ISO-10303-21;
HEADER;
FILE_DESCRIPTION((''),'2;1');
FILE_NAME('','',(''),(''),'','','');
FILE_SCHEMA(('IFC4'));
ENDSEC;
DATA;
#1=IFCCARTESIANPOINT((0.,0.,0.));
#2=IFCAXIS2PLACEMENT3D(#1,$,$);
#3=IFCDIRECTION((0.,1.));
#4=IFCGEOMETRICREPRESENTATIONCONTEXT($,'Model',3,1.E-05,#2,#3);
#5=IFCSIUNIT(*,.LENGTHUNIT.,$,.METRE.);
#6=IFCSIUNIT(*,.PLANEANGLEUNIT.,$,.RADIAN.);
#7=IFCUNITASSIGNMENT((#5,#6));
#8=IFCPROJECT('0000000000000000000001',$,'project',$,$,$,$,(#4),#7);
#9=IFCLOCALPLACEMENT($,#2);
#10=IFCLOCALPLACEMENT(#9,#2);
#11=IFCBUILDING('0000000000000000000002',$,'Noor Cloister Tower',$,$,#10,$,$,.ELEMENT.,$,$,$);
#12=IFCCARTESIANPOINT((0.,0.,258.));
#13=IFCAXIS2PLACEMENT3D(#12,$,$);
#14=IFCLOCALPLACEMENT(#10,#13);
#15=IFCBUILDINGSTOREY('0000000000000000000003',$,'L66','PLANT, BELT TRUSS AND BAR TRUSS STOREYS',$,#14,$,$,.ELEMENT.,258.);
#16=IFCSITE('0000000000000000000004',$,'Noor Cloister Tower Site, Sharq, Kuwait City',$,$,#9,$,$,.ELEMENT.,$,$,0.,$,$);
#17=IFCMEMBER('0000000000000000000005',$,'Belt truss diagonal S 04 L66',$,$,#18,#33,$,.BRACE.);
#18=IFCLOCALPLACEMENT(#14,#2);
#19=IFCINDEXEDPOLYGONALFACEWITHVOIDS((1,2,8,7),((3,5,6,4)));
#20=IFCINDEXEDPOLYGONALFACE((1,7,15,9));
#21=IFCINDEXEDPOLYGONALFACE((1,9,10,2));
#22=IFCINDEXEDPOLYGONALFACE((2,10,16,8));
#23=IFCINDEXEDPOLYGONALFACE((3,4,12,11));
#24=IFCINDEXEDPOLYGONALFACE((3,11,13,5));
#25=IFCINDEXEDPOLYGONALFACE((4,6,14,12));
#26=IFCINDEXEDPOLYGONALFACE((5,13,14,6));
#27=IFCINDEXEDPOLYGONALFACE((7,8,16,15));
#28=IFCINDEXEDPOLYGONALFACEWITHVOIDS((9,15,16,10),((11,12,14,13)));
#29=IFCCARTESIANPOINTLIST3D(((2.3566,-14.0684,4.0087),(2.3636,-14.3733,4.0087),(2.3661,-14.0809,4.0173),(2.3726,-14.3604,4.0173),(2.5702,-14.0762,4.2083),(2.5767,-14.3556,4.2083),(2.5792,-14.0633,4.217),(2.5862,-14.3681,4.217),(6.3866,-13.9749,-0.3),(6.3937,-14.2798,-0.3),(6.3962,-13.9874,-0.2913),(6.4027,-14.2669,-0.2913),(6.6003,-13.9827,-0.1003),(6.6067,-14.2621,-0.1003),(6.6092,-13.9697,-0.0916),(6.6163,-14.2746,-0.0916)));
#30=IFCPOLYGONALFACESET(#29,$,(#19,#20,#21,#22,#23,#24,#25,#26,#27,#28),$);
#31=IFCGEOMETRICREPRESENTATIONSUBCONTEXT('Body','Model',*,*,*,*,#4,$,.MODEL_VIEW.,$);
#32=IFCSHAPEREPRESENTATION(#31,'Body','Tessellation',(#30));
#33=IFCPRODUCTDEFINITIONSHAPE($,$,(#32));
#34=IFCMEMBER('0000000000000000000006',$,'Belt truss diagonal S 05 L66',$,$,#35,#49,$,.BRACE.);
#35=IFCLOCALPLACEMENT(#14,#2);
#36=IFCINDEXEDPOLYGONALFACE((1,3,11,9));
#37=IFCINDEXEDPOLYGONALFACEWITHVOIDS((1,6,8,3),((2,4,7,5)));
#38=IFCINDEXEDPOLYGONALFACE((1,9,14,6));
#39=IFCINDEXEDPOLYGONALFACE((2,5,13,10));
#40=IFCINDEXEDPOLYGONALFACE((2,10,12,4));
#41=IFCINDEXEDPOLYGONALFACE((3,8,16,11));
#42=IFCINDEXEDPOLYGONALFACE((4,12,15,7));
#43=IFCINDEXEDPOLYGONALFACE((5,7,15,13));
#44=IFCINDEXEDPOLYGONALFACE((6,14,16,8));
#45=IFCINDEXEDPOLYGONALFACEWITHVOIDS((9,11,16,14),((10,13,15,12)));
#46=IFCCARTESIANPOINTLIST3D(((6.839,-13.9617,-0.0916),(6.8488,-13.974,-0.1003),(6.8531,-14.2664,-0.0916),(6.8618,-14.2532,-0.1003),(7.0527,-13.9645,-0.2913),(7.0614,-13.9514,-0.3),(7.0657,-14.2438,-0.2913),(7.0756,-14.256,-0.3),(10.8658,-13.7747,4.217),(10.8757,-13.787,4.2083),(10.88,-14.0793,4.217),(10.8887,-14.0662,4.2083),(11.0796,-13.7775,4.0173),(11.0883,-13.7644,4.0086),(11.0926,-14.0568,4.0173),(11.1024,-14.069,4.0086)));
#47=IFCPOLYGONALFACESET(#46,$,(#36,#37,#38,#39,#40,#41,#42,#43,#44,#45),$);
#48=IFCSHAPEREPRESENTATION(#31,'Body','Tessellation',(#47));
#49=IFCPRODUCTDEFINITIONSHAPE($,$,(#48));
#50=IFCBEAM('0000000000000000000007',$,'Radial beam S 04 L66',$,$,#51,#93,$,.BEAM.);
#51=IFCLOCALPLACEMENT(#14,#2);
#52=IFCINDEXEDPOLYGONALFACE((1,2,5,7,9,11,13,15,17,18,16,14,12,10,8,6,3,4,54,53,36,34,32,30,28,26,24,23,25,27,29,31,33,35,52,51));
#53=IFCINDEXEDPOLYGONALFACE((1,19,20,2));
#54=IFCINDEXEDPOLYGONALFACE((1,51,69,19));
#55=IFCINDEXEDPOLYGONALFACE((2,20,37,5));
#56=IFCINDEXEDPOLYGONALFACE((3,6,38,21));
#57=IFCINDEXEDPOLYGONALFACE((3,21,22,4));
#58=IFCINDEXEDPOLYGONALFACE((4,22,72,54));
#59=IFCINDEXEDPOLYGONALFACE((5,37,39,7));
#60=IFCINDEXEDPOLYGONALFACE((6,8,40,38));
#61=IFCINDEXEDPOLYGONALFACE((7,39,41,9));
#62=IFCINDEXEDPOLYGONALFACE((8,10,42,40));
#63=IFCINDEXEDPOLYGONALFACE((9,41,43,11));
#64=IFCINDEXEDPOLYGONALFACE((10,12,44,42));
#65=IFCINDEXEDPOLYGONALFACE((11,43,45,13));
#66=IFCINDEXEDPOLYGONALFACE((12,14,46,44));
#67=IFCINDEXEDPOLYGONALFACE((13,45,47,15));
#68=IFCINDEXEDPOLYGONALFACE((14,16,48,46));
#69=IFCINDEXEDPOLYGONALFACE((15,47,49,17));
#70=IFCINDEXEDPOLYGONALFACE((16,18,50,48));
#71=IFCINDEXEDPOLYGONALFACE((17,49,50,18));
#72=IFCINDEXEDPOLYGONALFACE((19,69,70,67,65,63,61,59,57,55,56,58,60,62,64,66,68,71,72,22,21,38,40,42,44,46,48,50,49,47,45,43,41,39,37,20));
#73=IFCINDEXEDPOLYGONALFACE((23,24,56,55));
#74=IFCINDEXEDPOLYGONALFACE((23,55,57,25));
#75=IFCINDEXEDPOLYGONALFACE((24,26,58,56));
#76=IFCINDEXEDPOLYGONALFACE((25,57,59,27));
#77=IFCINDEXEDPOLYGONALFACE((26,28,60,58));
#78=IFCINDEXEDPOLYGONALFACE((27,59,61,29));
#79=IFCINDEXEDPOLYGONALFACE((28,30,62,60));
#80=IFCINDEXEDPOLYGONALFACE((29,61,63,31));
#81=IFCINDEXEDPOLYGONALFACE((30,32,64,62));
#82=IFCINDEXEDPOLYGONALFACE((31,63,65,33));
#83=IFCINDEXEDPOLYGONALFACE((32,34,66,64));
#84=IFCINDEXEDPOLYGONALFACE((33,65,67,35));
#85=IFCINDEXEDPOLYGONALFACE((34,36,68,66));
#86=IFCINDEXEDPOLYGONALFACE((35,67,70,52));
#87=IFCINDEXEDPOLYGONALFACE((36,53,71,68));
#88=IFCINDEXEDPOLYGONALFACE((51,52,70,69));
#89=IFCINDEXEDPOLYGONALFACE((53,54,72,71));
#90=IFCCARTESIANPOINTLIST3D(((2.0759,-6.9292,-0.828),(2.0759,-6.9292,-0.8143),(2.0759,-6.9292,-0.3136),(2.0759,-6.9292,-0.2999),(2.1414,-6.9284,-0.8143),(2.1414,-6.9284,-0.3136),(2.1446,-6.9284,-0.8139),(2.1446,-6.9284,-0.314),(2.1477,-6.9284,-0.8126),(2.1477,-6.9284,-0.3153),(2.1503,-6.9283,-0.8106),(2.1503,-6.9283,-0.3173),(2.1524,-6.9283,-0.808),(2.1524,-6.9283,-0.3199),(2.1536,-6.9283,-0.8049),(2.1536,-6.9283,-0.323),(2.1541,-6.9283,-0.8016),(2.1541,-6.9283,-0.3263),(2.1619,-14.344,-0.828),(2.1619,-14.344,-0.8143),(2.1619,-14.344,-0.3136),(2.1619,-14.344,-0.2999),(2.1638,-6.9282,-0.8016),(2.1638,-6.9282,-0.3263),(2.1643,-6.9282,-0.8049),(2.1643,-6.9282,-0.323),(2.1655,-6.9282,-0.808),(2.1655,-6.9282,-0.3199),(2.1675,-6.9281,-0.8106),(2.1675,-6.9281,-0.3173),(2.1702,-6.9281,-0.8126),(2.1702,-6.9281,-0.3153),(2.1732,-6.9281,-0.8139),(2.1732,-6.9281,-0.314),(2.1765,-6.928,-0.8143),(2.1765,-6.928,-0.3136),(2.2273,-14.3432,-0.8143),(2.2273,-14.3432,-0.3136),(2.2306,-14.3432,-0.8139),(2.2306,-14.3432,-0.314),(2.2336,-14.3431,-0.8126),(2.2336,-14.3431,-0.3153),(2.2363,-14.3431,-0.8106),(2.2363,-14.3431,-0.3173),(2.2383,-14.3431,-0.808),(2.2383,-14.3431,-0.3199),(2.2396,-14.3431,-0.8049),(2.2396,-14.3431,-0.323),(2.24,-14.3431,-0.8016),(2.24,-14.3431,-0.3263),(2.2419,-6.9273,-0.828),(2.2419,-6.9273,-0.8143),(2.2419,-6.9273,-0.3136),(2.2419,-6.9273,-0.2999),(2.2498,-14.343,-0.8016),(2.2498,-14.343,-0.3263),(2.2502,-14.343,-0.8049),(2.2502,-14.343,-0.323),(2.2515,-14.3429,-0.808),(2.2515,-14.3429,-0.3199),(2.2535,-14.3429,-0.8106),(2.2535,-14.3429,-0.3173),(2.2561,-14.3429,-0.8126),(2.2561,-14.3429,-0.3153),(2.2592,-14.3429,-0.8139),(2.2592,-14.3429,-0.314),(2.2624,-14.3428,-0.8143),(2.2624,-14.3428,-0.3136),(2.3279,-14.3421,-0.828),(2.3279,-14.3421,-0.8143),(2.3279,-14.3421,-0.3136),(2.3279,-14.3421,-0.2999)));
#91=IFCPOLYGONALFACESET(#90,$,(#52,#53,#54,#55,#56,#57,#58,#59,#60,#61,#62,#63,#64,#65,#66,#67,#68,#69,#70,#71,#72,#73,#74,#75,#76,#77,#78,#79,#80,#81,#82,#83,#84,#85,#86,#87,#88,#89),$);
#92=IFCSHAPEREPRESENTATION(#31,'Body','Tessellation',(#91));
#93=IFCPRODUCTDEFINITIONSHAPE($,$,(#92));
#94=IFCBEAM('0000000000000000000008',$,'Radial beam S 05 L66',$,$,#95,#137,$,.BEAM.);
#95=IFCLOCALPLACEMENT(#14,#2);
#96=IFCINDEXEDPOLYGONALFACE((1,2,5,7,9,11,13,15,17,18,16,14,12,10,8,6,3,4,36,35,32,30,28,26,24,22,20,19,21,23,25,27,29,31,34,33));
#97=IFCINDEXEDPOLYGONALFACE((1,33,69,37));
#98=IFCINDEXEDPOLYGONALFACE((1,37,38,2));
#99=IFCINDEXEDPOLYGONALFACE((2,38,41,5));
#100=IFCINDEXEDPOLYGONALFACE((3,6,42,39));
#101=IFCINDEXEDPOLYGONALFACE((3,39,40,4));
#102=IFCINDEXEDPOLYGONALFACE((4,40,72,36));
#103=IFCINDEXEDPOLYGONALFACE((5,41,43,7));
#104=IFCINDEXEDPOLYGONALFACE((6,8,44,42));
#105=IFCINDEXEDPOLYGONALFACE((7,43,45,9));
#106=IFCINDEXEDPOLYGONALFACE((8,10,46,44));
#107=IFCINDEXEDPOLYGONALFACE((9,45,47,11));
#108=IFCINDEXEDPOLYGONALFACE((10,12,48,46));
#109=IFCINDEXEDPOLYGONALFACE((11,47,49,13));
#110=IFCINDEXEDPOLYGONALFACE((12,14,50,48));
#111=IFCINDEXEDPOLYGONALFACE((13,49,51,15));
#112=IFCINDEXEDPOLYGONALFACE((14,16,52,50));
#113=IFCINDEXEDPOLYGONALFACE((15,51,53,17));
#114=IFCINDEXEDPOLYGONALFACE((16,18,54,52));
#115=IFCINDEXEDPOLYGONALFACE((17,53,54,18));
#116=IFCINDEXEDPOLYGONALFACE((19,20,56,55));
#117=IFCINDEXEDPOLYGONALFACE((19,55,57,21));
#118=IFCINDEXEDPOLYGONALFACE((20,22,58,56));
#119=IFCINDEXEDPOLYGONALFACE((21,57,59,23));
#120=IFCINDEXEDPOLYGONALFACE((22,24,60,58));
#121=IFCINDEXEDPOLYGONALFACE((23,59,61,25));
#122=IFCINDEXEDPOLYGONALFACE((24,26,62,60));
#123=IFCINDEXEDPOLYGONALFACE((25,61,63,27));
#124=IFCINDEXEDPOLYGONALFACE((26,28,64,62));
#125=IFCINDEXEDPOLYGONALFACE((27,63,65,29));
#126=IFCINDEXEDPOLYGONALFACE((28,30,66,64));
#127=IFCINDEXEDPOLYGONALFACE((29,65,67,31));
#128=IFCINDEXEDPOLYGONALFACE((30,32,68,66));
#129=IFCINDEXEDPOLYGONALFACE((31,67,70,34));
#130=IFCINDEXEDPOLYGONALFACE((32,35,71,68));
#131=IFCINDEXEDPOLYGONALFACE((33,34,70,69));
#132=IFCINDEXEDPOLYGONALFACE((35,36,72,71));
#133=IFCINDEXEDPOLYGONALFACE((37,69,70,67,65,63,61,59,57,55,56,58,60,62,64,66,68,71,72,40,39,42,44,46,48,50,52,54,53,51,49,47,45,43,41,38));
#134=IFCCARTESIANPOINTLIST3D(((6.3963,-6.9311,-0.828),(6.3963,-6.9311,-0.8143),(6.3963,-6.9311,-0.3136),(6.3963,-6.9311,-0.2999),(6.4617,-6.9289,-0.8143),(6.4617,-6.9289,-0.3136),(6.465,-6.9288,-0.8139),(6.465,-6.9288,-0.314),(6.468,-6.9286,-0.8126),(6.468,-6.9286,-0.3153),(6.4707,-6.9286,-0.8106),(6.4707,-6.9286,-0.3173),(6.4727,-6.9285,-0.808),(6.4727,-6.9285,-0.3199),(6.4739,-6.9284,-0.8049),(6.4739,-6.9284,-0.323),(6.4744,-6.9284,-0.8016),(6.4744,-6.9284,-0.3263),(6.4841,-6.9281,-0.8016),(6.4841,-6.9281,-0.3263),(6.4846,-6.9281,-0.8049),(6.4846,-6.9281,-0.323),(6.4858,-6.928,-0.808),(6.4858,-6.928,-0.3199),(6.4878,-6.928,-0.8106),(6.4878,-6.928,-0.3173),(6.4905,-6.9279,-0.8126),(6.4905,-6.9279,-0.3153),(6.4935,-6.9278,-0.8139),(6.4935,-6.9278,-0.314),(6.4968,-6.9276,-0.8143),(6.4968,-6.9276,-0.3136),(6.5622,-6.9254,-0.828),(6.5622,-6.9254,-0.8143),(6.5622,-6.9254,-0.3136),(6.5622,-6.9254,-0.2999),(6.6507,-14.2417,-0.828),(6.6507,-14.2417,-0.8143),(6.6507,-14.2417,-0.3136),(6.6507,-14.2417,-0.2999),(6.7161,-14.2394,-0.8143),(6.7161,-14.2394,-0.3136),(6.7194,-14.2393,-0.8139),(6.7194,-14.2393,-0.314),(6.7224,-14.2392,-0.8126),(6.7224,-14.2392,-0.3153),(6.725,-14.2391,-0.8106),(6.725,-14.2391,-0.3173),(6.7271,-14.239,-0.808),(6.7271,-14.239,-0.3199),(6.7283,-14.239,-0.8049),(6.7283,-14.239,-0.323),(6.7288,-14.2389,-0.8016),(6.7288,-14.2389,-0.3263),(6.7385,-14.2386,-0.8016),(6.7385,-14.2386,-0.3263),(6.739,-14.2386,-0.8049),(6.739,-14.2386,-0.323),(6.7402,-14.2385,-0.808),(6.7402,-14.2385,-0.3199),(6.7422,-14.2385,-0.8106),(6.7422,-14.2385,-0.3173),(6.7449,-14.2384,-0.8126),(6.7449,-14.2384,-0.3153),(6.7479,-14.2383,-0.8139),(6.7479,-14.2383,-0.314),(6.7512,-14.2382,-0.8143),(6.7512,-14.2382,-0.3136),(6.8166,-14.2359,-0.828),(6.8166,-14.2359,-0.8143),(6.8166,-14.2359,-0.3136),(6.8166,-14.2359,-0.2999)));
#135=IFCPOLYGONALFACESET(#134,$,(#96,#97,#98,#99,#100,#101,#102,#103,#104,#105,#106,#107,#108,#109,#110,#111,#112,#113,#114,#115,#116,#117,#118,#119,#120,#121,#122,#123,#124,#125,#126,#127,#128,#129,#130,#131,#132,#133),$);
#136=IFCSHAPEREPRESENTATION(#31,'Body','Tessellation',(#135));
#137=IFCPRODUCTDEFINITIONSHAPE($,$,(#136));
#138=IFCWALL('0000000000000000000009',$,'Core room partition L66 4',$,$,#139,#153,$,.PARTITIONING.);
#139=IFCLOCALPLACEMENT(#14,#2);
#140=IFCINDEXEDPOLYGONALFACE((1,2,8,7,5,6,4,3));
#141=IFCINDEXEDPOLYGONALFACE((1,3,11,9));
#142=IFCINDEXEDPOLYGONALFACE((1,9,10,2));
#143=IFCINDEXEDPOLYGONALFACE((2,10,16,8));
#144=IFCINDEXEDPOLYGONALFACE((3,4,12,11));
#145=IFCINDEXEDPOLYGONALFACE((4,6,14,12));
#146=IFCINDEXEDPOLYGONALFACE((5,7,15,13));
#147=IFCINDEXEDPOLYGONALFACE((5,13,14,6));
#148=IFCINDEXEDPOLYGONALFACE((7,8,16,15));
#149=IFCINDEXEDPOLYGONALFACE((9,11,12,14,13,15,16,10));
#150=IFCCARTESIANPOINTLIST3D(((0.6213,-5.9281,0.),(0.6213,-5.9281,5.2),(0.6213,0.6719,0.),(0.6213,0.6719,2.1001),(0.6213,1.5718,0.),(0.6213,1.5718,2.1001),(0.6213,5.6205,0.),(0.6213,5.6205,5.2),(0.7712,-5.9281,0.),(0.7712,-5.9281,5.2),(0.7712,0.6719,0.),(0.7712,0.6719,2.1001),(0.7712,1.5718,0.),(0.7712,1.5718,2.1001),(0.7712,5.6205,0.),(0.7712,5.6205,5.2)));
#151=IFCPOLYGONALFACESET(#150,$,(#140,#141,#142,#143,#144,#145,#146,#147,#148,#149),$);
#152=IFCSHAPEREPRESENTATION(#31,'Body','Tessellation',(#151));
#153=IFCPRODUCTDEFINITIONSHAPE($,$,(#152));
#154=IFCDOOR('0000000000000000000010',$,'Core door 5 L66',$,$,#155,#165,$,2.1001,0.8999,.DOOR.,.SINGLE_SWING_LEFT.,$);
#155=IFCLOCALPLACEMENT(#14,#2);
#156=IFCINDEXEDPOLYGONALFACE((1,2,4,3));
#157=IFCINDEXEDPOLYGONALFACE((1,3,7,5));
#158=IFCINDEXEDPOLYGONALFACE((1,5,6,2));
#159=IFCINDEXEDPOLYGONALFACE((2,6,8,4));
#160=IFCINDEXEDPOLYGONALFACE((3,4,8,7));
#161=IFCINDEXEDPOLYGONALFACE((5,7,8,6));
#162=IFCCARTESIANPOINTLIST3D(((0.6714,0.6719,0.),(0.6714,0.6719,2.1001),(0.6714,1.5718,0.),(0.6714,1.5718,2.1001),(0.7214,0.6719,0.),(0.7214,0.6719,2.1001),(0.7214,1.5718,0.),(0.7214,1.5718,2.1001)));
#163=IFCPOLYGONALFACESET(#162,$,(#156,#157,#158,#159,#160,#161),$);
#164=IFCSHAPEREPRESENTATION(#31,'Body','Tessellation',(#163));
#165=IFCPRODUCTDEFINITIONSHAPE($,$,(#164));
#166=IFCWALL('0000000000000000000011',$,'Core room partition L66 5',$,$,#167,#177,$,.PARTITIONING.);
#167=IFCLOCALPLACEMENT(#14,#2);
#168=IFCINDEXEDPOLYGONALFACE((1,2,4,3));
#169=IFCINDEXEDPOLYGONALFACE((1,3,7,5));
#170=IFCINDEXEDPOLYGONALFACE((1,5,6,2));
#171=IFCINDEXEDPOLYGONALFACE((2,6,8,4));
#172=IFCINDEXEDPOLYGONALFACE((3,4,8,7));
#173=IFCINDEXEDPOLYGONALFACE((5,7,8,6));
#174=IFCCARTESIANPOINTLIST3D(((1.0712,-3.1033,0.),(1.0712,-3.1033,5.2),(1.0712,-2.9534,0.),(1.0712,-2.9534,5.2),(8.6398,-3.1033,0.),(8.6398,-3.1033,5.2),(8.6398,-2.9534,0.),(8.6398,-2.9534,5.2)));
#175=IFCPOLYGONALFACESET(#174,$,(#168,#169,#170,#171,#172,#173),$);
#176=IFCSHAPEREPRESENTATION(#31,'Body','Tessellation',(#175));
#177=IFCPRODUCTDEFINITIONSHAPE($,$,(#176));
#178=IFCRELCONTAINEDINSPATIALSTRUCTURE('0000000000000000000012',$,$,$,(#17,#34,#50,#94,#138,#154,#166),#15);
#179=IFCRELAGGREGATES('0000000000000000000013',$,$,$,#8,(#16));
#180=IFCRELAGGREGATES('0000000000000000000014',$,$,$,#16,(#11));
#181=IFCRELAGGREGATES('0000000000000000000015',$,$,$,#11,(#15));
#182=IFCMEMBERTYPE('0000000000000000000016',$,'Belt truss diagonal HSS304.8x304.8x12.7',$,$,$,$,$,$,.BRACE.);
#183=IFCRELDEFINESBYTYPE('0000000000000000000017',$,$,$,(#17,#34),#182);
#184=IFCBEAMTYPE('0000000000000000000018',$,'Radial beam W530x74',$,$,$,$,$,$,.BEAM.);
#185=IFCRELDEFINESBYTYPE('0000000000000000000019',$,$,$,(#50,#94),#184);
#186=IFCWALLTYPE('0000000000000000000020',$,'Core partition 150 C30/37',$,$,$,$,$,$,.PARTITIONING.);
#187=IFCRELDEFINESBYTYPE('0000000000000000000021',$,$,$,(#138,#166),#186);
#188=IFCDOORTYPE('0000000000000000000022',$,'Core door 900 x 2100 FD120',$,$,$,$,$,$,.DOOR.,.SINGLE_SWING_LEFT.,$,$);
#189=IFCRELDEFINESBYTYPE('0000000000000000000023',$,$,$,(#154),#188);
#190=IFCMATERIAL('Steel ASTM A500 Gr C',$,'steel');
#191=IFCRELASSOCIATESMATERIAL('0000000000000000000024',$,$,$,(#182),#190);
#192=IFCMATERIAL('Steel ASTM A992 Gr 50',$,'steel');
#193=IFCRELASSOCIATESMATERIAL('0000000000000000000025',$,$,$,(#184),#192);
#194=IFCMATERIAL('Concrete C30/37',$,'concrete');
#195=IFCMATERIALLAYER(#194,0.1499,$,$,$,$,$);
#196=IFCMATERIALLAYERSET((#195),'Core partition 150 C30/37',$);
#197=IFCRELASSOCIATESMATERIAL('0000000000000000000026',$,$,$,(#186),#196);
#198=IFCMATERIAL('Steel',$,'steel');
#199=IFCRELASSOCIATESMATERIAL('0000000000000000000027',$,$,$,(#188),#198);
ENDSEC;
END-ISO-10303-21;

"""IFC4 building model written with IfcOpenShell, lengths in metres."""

from ifc_helpers import new_model, si_unit, direction, frame, frame_2d, origin, origin_2d, place, context, subcontext, project, spatial, rectangle, hollow_rectangle, i_section, extrude, material, layer, layer_set, material_profile, profile_set, type_object, element, fill, save


model = new_model("IFC4")

# Units and contexts
model_context = context("Model", 3, precision=1e-05, world=origin(), true_north=direction((0.0, 1.0)))
body_context = subcontext(model_context, "Body", "Model", "MODEL_VIEW")
ifc_project = project(units=[si_unit("LENGTHUNIT", "METRE"), si_unit("PLANEANGLEUNIT", "RADIAN")], contexts=[model_context])

# Site, building, storey
site_placement = place(None, origin())
site = spatial("IfcSite", under=ifc_project, at=site_placement, Name="Noor Cloister Tower Site, Sharq, Kuwait City", CompositionType="ELEMENT", RefElevation=0.0)
building_placement = place(site_placement, origin())
building = spatial("IfcBuilding", under=site, at=building_placement, Name="Noor Cloister Tower", CompositionType="ELEMENT")
storey_placement = place(building_placement, frame((0.0, 0.0, 258.0)))
storey = spatial("IfcBuildingStorey", under=building, at=storey_placement, Name="L66", Description="PLANT, BELT TRUSS AND BAR TRUSS STOREYS", CompositionType="ELEMENT", Elevation=258.0)

# Members
ifc_material_1 = material(Name="Steel ASTM A500 Gr C", Category="steel")
ifc_material_profile_1 = material_profile(ifc_material_1, hollow_rectangle(XDim=0.3049, YDim=0.3049, WallThickness=0.0127, at=origin_2d()), Name="HSS304.8x304.8x12.7")
ifc_profile_set_1 = profile_set([ifc_material_profile_1], Name="Steel ASTM A500 Gr C")
member_type = type_object("IfcMemberType", Name="Belt truss diagonal HSS304.8x304.8x12.7", PredefinedType="BRACE", material=ifc_profile_set_1)
for number, where, z_axis, x_axis, name in (
    (1, (6.5015, -14.1248, -0.1958), (-0.683018, -0.015848, 0.73023), (0.023196, -0.999731, 0.0), "Belt truss diagonal S 04 L66"),
    (2, (6.9573, -14.1089, -0.1958), (0.682474, 0.031695, 0.730223), (-0.046391, 0.998923, 0.0), "Belt truss diagonal S 05 L66"),
):
    element("IfcMember", number, at=place(storey_placement, frame(where, z_axis=z_axis, x_axis=x_axis)), inside=storey, type_object=member_type, Name=name, PredefinedType="BRACE", context=body_context, shape_type="SweptSolid", body=[
        extrude(hollow_rectangle(XDim=0.3049, YDim=0.3049, WallThickness=0.0127, at=origin_2d()), origin(), (0.0, 0.0, 1.0), 5.9004),
    ])

# Beams
ifc_material_2 = material(Name="Steel ASTM A992 Gr 50", Category="steel")
ifc_material_profile_2 = material_profile(ifc_material_2, i_section(OverallWidth=0.166, OverallDepth=0.5281, WebThickness=0.0098, FlangeThickness=0.0137, FilletRadius=0.0127, at=origin_2d()), Name="W530x74")
ifc_profile_set_2 = profile_set([ifc_material_profile_2], Name="Steel ASTM A992 Gr 50")
beam_type_1 = type_object("IfcBeamType", Name="Radial beam W530x74", PredefinedType="BEAM", material=ifc_profile_set_2)
beam_1_placement = place(storey_placement, frame((2.2449, -14.343, -0.564), z_axis=(-0.011589, 0.999933, 0.0), x_axis=(-0.999933, -0.011589, 0.0)))
element("IfcBeam", 3, at=beam_1_placement, inside=storey, type_object=beam_type_1, Name="Radial beam S 04 L66", PredefinedType="BEAM", context=body_context, shape_type="SweptSolid", body=[
    extrude(i_section(OverallWidth=0.166, OverallDepth=0.5281, WebThickness=0.0098, FlangeThickness=0.0137, FilletRadius=0.0127, at=origin_2d()), origin(), (0.0, 0.0, 1.0), 7.4153),
])
beam_2_placement = place(storey_placement, frame((6.7336, -14.2388, -0.564), z_axis=(-0.034777, 0.999395, 0.0), x_axis=(-0.999395, -0.034777, 0.0)))
element("IfcBeam", 4, at=beam_2_placement, inside=storey, type_object=beam_type_1, Name="Radial beam S 05 L66", PredefinedType="BEAM", context=body_context, shape_type="SweptSolid", body=[
    extrude(i_section(OverallWidth=0.166, OverallDepth=0.5281, WebThickness=0.0098, FlangeThickness=0.0137, FilletRadius=0.0127, at=origin_2d()), origin(), (0.0, 0.0, 1.0), 7.3149),
])

# Wall, opening, door
ifc_material_3 = material(Name="Concrete C30/37", Category="concrete")
ifc_layer_1 = layer(ifc_material_3, 0.1499)
ifc_layer_set_1 = layer_set([ifc_layer_1], Name="Core partition 150 C30/37")
wall_type_1 = type_object("IfcWallType", Name="Core partition 150 C30/37", PredefinedType="PARTITIONING", material=ifc_layer_set_1)
wall_1_placement = place(storey_placement, frame((0.6963, -5.9282, 0.0), z_axis=(0.0, 0.0, 1.0), x_axis=(0.0, 1.0, 0.0)))
wall_1 = element("IfcWall", 5, at=wall_1_placement, inside=storey, type_object=wall_type_1, Name="Core room partition L66 4", PredefinedType="PARTITIONING", context=body_context, shape_type="SweptSolid", body=[
    extrude(rectangle(XDim=11.5486, YDim=0.1499, at=frame_2d((5.7744, 0.0))), origin(), (0.0, 0.0, 1.0), 5.2),
])
opening_1_placement = place(wall_1_placement, frame((6.6001, 0.0, 0.0)))
opening_1 = element("IfcOpeningElement", 6, at=opening_1_placement, cuts=wall_1, PredefinedType="OPENING", context=body_context, shape_type="SweptSolid", body=[
    extrude(rectangle(XDim=0.8999, YDim=2.1001, at=frame_2d((0.45, 1.05))), frame((0.0, 0.085, 0.0), z_axis=(0.0, -1.0, 0.0), x_axis=(1.0, 0.0, 0.0)), (0.0, 0.0, 1.0), 0.1699),
])
ifc_material_4 = material(Name="Steel", Category="steel")
door_type_1 = type_object("IfcDoorType", Name="Core door 900 x 2100 FD120", OperationType="SINGLE_SWING_LEFT", PredefinedType="DOOR", material=ifc_material_4)
door_1_placement = place(opening_1_placement, origin())
door_1 = element("IfcDoor", 7, at=door_1_placement, inside=storey, type_object=door_type_1, Name="Core door 5 L66", OperationType="SINGLE_SWING_LEFT", OverallHeight=2.1001, OverallWidth=0.8999, PredefinedType="DOOR", context=body_context, shape_type="SweptSolid", body=[
    extrude(rectangle(XDim=0.8999, YDim=2.1001, at=frame_2d((0.45, 1.05))), frame((0.0, 0.0249, 0.0), z_axis=(0.0, -1.0, 0.0), x_axis=(1.0, 0.0, 0.0)), (0.0, 0.0, 1.0), 0.05),
])
fill(opening_1, door_1)

# Wall
wall_2_placement = place(storey_placement, frame((1.0713, -3.0283, 0.0), z_axis=(0.0, 0.0, 1.0), x_axis=(1.0, 0.0, 0.0)))
element("IfcWall", 8, at=wall_2_placement, inside=storey, type_object=wall_type_1, Name="Core room partition L66 5", PredefinedType="PARTITIONING", context=body_context, shape_type="SweptSolid", body=[
    extrude(rectangle(XDim=7.5686, YDim=0.1499, at=frame_2d((3.7842, 0.0))), origin(), (0.0, 0.0, 1.0), 5.2),
])

save(model, "model.ifc")
